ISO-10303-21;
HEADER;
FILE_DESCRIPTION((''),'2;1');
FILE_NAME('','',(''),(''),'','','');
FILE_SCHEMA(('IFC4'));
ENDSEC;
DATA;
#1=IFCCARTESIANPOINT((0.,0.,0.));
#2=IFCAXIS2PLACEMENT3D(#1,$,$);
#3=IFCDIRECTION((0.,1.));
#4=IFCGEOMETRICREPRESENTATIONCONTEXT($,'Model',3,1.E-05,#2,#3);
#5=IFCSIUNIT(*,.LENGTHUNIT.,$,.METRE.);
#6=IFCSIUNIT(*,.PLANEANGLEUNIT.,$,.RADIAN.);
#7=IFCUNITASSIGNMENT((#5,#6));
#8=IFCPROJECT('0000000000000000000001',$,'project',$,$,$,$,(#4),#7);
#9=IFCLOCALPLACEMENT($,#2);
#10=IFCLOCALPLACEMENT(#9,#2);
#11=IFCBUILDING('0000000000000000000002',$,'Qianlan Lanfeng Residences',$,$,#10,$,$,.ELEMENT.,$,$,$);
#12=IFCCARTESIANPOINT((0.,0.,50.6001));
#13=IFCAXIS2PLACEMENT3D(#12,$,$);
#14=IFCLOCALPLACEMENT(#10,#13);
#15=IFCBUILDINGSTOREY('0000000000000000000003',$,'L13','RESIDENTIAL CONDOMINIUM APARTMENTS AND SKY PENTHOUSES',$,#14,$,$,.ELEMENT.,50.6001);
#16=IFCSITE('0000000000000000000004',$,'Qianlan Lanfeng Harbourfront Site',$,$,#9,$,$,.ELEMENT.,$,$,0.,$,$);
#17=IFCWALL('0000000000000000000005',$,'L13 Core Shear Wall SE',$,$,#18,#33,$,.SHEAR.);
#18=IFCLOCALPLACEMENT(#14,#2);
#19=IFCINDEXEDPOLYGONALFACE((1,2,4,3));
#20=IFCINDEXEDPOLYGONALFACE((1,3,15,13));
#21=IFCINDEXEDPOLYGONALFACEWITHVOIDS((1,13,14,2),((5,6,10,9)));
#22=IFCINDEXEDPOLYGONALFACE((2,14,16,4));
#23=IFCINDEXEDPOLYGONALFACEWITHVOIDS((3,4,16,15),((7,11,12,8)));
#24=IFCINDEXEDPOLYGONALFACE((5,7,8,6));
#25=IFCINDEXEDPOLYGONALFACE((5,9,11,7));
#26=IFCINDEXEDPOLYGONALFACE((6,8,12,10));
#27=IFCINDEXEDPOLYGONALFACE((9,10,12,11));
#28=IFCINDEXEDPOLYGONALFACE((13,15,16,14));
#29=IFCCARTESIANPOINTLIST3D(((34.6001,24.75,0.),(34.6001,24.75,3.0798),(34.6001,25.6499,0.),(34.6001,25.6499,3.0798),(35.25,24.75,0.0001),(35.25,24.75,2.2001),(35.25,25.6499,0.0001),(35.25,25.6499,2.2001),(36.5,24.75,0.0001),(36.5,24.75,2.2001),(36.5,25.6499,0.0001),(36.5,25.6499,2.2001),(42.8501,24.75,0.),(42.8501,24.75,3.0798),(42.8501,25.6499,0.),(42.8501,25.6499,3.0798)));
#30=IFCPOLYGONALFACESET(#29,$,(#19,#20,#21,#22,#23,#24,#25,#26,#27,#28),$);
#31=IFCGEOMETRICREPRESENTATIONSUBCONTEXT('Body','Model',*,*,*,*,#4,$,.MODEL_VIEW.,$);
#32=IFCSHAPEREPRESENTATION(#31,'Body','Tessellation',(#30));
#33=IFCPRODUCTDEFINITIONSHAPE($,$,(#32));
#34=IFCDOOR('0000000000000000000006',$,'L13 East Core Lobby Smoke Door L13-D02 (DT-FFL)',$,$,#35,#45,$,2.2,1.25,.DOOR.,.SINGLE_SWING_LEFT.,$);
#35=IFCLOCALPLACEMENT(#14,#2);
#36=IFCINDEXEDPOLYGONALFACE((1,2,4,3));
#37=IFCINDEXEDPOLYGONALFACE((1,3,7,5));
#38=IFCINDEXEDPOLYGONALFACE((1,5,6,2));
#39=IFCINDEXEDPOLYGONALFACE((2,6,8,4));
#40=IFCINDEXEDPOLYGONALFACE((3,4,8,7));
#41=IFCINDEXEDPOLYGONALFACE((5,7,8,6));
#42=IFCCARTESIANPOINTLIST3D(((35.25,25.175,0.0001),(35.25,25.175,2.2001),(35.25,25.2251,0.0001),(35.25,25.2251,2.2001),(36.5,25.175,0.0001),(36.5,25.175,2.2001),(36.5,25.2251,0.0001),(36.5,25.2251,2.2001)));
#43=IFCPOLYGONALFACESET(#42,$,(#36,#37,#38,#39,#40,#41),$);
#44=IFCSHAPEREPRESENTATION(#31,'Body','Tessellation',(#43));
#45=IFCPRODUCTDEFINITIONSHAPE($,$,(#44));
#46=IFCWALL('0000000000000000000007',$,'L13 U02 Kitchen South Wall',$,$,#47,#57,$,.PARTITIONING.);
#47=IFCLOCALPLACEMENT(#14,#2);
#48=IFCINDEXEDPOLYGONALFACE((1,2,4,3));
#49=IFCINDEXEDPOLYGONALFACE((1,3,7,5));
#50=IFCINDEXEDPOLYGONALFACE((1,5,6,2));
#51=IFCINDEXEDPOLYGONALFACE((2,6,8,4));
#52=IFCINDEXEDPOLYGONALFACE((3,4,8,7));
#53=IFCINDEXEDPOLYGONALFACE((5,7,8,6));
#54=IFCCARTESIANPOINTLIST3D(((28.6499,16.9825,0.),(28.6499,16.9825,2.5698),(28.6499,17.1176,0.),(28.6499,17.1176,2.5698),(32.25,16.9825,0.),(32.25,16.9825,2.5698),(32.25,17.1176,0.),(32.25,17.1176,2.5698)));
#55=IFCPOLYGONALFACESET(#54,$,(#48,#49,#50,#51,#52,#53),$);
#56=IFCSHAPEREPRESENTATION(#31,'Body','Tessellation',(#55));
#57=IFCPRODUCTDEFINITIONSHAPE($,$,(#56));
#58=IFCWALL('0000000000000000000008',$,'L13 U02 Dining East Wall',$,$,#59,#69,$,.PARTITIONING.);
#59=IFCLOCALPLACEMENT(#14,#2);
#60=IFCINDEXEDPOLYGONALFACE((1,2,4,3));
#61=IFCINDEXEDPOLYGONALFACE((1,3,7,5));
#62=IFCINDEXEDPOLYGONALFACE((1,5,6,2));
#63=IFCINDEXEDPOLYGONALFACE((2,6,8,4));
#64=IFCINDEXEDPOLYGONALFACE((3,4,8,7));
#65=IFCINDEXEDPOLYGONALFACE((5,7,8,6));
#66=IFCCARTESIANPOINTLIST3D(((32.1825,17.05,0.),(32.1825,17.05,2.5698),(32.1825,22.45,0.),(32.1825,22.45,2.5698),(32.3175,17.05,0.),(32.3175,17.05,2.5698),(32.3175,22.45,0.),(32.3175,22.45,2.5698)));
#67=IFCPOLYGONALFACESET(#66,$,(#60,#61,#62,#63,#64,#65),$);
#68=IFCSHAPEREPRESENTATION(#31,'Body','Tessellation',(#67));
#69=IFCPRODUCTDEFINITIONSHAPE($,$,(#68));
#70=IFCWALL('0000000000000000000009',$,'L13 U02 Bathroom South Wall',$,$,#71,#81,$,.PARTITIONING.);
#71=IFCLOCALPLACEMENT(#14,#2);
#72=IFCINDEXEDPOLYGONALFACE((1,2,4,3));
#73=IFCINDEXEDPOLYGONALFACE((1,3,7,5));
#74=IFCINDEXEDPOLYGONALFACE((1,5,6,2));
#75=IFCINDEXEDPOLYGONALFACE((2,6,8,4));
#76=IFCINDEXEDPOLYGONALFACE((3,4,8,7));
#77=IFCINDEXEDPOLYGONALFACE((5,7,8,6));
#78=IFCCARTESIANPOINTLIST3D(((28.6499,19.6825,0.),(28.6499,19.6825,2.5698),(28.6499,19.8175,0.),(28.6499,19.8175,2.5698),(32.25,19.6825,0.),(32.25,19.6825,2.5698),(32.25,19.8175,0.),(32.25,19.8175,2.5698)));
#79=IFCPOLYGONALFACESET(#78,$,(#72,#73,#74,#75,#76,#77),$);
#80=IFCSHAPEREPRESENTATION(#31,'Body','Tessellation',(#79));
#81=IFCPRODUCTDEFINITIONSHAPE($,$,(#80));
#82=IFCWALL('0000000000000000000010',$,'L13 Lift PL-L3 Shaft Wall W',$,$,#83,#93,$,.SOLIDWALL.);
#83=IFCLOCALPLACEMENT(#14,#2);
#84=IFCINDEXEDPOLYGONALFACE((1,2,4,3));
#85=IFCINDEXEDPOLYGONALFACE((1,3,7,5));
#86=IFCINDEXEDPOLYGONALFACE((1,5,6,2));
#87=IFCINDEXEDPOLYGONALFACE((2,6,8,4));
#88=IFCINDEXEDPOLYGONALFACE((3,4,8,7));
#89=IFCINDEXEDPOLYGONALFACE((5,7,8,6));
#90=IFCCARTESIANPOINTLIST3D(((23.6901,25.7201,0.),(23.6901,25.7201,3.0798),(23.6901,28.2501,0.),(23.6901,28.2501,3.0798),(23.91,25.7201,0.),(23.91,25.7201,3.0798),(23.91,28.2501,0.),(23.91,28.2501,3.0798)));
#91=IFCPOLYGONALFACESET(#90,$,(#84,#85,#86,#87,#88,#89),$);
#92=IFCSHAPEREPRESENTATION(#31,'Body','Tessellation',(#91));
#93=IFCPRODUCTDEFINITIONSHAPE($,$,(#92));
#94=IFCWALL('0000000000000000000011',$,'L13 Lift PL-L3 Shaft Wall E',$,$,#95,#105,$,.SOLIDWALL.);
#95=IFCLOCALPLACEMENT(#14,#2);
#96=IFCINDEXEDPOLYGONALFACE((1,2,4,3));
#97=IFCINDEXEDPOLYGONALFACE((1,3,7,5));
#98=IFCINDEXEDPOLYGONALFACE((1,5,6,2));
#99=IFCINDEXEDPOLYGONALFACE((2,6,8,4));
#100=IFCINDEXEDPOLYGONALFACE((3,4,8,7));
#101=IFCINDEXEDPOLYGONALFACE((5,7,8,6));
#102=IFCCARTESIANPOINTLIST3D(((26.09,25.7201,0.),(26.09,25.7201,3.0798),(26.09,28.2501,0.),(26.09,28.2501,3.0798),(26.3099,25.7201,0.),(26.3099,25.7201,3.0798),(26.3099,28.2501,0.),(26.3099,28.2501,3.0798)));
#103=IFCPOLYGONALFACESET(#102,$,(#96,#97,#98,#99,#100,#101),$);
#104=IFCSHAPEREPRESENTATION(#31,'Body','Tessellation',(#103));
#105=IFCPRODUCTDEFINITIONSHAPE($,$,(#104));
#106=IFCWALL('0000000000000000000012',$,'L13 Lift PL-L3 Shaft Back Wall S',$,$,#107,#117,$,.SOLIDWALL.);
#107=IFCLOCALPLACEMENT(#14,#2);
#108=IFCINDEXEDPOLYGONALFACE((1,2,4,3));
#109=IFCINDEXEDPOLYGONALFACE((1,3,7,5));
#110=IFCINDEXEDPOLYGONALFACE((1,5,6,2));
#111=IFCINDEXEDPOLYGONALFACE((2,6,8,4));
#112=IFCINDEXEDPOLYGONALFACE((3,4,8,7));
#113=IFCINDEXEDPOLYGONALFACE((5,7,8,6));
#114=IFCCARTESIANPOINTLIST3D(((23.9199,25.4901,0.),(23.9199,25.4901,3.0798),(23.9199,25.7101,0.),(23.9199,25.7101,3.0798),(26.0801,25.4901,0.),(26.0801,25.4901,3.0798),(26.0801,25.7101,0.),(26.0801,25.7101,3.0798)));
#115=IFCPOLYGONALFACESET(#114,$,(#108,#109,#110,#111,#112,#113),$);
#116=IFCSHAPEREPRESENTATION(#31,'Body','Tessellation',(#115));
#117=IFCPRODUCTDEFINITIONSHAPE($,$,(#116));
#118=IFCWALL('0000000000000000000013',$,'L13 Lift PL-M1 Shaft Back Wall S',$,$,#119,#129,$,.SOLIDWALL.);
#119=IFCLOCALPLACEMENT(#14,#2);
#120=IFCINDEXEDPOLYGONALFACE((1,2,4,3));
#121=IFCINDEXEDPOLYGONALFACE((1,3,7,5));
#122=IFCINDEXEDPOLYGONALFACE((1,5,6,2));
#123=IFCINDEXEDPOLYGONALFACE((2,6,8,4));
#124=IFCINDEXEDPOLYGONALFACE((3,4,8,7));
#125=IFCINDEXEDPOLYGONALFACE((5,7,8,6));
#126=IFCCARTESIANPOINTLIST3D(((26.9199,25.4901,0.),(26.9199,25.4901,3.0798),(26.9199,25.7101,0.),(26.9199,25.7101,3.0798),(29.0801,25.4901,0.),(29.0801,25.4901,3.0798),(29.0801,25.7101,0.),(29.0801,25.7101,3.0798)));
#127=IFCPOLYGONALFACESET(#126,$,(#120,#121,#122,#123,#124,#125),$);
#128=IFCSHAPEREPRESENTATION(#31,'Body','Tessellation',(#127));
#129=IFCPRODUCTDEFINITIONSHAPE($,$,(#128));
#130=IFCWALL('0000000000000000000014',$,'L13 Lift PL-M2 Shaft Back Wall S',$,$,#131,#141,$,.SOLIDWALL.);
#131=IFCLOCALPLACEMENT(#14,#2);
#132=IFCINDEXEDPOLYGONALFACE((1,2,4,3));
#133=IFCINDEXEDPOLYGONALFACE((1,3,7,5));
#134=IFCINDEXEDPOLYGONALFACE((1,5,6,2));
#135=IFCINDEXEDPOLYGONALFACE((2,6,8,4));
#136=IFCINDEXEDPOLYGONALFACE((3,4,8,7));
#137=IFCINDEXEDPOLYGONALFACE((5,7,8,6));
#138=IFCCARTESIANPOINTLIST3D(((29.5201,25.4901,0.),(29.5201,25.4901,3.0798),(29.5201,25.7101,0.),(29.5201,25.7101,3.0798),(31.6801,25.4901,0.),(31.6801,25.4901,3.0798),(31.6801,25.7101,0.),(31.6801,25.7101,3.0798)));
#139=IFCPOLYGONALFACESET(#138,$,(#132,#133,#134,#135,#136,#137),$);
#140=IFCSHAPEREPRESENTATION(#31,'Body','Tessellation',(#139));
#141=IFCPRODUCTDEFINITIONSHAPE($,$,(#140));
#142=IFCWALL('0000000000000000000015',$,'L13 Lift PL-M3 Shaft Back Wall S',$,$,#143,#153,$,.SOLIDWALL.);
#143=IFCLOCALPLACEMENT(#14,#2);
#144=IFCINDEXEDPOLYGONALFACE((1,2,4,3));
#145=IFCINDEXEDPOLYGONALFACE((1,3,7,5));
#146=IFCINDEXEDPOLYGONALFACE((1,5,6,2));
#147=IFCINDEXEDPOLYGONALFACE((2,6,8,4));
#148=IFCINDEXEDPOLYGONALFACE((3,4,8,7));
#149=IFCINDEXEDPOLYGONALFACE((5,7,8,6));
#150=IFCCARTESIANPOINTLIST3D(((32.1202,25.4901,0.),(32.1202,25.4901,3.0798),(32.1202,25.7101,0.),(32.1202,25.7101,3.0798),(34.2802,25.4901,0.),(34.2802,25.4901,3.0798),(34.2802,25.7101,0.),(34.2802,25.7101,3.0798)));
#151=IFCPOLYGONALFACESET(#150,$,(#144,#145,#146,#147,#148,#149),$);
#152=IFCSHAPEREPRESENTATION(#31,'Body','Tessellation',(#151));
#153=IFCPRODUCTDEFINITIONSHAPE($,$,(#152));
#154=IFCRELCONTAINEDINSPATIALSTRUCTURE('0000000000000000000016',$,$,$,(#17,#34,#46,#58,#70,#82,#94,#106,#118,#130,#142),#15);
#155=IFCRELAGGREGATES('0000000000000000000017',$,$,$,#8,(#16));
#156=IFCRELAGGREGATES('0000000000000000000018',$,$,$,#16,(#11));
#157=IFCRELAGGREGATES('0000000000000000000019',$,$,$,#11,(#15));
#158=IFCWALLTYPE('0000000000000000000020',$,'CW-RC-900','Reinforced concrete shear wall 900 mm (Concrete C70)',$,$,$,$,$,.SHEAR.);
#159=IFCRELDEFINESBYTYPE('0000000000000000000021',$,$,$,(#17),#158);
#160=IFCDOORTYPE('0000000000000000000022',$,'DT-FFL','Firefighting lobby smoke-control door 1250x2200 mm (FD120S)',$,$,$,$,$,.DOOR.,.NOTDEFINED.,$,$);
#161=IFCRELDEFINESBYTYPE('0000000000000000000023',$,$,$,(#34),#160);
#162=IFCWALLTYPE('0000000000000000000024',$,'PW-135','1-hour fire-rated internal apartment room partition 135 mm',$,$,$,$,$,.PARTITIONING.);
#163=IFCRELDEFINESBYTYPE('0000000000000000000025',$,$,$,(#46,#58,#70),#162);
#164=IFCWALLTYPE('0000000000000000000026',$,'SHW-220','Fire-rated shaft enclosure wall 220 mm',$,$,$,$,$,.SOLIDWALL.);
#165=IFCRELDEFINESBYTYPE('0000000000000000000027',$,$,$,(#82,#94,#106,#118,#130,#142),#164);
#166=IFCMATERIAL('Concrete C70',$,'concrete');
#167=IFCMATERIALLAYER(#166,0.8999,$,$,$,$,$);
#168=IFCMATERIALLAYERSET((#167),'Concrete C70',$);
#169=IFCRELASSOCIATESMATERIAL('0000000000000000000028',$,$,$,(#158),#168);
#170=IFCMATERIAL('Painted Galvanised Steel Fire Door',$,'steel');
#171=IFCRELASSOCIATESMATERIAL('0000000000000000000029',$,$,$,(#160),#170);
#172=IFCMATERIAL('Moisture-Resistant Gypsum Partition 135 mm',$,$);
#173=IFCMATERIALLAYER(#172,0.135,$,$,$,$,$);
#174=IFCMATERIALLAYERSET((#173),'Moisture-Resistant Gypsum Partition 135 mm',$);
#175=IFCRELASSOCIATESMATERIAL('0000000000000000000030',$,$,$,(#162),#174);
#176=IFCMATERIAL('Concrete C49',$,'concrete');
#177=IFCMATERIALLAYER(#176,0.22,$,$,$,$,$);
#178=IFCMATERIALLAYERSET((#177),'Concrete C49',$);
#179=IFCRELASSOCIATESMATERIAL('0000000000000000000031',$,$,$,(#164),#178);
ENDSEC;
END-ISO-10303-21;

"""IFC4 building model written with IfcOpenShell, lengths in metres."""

from ifc_helpers import new_model, si_unit, direction, frame, frame_2d, origin, place, context, subcontext, project, spatial, rectangle, extrude, material, layer, layer_set, type_object, element, fill, save


model = new_model("IFC4")

# Units and contexts
model_context = context("Model", 3, precision=1e-05, world=origin(), true_north=direction((0.0, 1.0)))
body_context = subcontext(model_context, "Body", "Model", "MODEL_VIEW")
ifc_project = project(units=[si_unit("LENGTHUNIT", "METRE"), si_unit("PLANEANGLEUNIT", "RADIAN")], contexts=[model_context])

# Site, building, storey
site_placement = place(None, origin())
site = spatial("IfcSite", under=ifc_project, at=site_placement, Name="Qianlan Lanfeng Harbourfront Site", CompositionType="ELEMENT", RefElevation=0.0)
building_placement = place(site_placement, origin())
building = spatial("IfcBuilding", under=site, at=building_placement, Name="Qianlan Lanfeng Residences", CompositionType="ELEMENT")
storey_placement = place(building_placement, frame((0.0, 0.0, 50.6001)))
storey = spatial("IfcBuildingStorey", under=building, at=storey_placement, Name="L13", Description="RESIDENTIAL CONDOMINIUM APARTMENTS AND SKY PENTHOUSES", CompositionType="ELEMENT", Elevation=50.6001)

# Wall, opening, door
ifc_material_1 = material(Name="Concrete C70", Category="concrete")
ifc_layer_1 = layer(ifc_material_1, 0.8999)
ifc_layer_set_1 = layer_set([ifc_layer_1], Name="Concrete C70")
wall_type_1 = type_object("IfcWallType", Name="CW-RC-900", Description="Reinforced concrete shear wall 900 mm (Concrete C70)", PredefinedType="SHEAR", material=ifc_layer_set_1)
wall_1_placement = place(storey_placement, frame((34.6001, 25.2, 0.0), z_axis=(0.0, 0.0, 1.0), x_axis=(1.0, 0.0, 0.0)))
wall_1 = element("IfcWall", 1, at=wall_1_placement, inside=storey, type_object=wall_type_1, Name="L13 Core Shear Wall SE", PredefinedType="SHEAR", context=body_context, shape_type="SweptSolid", body=[
    extrude(rectangle(XDim=8.25, YDim=0.8999, at=frame_2d((4.125, 0.0))), origin(), (0.0, 0.0, 1.0), 3.0798),
])
opening_1_placement = place(wall_1_placement, frame((0.6499, 0.0, 0.0)))
opening_1 = element("IfcOpeningElement", 2, at=opening_1_placement, cuts=wall_1, PredefinedType="OPENING", context=body_context, shape_type="SweptSolid", body=[
    extrude(rectangle(XDim=1.25, YDim=2.2, at=frame_2d((0.625, 1.1001))), frame((0.0, 0.46, 0.0), z_axis=(0.0, -1.0, 0.0), x_axis=(1.0, 0.0, 0.0)), (0.0, 0.0, 1.0), 0.9199),
])
ifc_material_2 = material(Name="Painted Galvanised Steel Fire Door", Category="steel")
door_type_1 = type_object("IfcDoorType", Name="DT-FFL", Description="Firefighting lobby smoke-control door 1250x2200 mm (FD120S)", OperationType="NOTDEFINED", PredefinedType="DOOR", material=ifc_material_2)
door_1_placement = place(opening_1_placement, frame((1.25, 0.0, 0.0), z_axis=(0.0, 0.0, 1.0), x_axis=(-1.0, 0.0, 0.0)))
door_1 = element("IfcDoor", 3, at=door_1_placement, inside=storey, type_object=door_type_1, Name="L13 East Core Lobby Smoke Door L13-D02 (DT-FFL)", OperationType="SINGLE_SWING_LEFT", OverallHeight=2.2, OverallWidth=1.25, PredefinedType="DOOR", context=body_context, shape_type="SweptSolid", body=[
    extrude(rectangle(XDim=1.25, YDim=2.2, at=frame_2d((0.625, 1.1001))), frame((0.0, 0.0249, 0.0), z_axis=(0.0, -1.0, 0.0), x_axis=(1.0, 0.0, 0.0)), (0.0, 0.0, 1.0), 0.05),
])
fill(opening_1, door_1)

# Walls
ifc_material_3 = material(Name="Moisture-Resistant Gypsum Partition 135 mm")
ifc_layer_2 = layer(ifc_material_3, 0.135)
ifc_layer_set_2 = layer_set([ifc_layer_2], Name="Moisture-Resistant Gypsum Partition 135 mm")
wall_type_2 = type_object("IfcWallType", Name="PW-135", Description="1-hour fire-rated internal apartment room partition 135 mm", PredefinedType="PARTITIONING", material=ifc_layer_set_2)
wall_2_placement = place(storey_placement, frame((28.6499, 17.05, 0.0), z_axis=(0.0, 0.0, 1.0), x_axis=(1.0, 0.0, 0.0)))
element("IfcWall", 4, at=wall_2_placement, inside=storey, type_object=wall_type_2, Name="L13 U02 Kitchen South Wall", PredefinedType="PARTITIONING", context=body_context, shape_type="SweptSolid", body=[
    extrude(rectangle(XDim=3.6001, YDim=0.135, at=frame_2d((1.8, 0.0))), origin(), (0.0, 0.0, 1.0), 2.5698),
])
wall_3_placement = place(storey_placement, frame((32.25, 17.05, 0.0), z_axis=(0.0, 0.0, 1.0), x_axis=(0.0, 1.0, 0.0)))
element("IfcWall", 5, at=wall_3_placement, inside=storey, type_object=wall_type_2, Name="L13 U02 Dining East Wall", PredefinedType="PARTITIONING", context=body_context, shape_type="SweptSolid", body=[
    extrude(rectangle(XDim=5.3999, YDim=0.135, at=frame_2d((2.7, 0.0))), origin(), (0.0, 0.0, 1.0), 2.5698),
])
wall_4_placement = place(storey_placement, frame((28.6499, 19.75, 0.0), z_axis=(0.0, 0.0, 1.0), x_axis=(1.0, 0.0, 0.0)))
element("IfcWall", 6, at=wall_4_placement, inside=storey, type_object=wall_type_2, Name="L13 U02 Bathroom South Wall", PredefinedType="PARTITIONING", context=body_context, shape_type="SweptSolid", body=[
    extrude(rectangle(XDim=3.6001, YDim=0.135, at=frame_2d((1.8, 0.0))), origin(), (0.0, 0.0, 1.0), 2.5698),
])

# Walls
ifc_material_4 = material(Name="Concrete C49", Category="concrete")
ifc_layer_3 = layer(ifc_material_4, 0.22)
ifc_layer_set_3 = layer_set([ifc_layer_3], Name="Concrete C49")
wall_type_3 = type_object("IfcWallType", Name="SHW-220", Description="Fire-rated shaft enclosure wall 220 mm", PredefinedType="SOLIDWALL", material=ifc_layer_set_3)
for number, where, z_axis, x_axis, name in (
    (7, (23.8, 25.72, 0.0), (0.0, 0.0, 1.0), (0.0, 1.0, 0.0), "L13 Lift PL-L3 Shaft Wall W"),
    (8, (26.2, 25.72, 0.0), (0.0, 0.0, 1.0), (0.0, 1.0, 0.0), "L13 Lift PL-L3 Shaft Wall E"),
):
    element("IfcWall", number, at=place(storey_placement, frame(where, z_axis=z_axis, x_axis=x_axis)), inside=storey, type_object=wall_type_3, Name=name, PredefinedType="SOLIDWALL", context=body_context, shape_type="SweptSolid", body=[
        extrude(rectangle(XDim=2.53, YDim=0.22, at=frame_2d((1.2651, 0.0))), origin(), (0.0, 0.0, 1.0), 3.0798),
    ])
for number, where, z_axis, x_axis, name in (
    (9, (23.9199, 25.6001, 0.0), (0.0, 0.0, 1.0), (1.0, 0.0, 0.0), "L13 Lift PL-L3 Shaft Back Wall S"),
    (10, (26.9199, 25.6001, 0.0), (0.0, 0.0, 1.0), (1.0, 0.0, 0.0), "L13 Lift PL-M1 Shaft Back Wall S"),
):
    element("IfcWall", number, at=place(storey_placement, frame(where, z_axis=z_axis, x_axis=x_axis)), inside=storey, type_object=wall_type_3, Name=name, PredefinedType="SOLIDWALL", context=body_context, shape_type="SweptSolid", body=[
        extrude(rectangle(XDim=2.1602, YDim=0.22, at=frame_2d((1.0801, 0.0))), origin(), (0.0, 0.0, 1.0), 3.0798),
    ])
for number, where, z_axis, x_axis, name in (
    (11, (29.52, 25.6001, 0.0), (0.0, 0.0, 1.0), (1.0, 0.0, 0.0), "L13 Lift PL-M2 Shaft Back Wall S"),
    (12, (32.1201, 25.6001, 0.0), (0.0, 0.0, 1.0), (1.0, 0.0, 0.0), "L13 Lift PL-M3 Shaft Back Wall S"),
):
    element("IfcWall", number, at=place(storey_placement, frame(where, z_axis=z_axis, x_axis=x_axis)), inside=storey, type_object=wall_type_3, Name=name, PredefinedType="SOLIDWALL", context=body_context, shape_type="SweptSolid", body=[
        extrude(rectangle(XDim=2.1599, YDim=0.22, at=frame_2d((1.0801, 0.0))), origin(), (0.0, 0.0, 1.0), 3.0798),
    ])

save(model, "model.ifc")
